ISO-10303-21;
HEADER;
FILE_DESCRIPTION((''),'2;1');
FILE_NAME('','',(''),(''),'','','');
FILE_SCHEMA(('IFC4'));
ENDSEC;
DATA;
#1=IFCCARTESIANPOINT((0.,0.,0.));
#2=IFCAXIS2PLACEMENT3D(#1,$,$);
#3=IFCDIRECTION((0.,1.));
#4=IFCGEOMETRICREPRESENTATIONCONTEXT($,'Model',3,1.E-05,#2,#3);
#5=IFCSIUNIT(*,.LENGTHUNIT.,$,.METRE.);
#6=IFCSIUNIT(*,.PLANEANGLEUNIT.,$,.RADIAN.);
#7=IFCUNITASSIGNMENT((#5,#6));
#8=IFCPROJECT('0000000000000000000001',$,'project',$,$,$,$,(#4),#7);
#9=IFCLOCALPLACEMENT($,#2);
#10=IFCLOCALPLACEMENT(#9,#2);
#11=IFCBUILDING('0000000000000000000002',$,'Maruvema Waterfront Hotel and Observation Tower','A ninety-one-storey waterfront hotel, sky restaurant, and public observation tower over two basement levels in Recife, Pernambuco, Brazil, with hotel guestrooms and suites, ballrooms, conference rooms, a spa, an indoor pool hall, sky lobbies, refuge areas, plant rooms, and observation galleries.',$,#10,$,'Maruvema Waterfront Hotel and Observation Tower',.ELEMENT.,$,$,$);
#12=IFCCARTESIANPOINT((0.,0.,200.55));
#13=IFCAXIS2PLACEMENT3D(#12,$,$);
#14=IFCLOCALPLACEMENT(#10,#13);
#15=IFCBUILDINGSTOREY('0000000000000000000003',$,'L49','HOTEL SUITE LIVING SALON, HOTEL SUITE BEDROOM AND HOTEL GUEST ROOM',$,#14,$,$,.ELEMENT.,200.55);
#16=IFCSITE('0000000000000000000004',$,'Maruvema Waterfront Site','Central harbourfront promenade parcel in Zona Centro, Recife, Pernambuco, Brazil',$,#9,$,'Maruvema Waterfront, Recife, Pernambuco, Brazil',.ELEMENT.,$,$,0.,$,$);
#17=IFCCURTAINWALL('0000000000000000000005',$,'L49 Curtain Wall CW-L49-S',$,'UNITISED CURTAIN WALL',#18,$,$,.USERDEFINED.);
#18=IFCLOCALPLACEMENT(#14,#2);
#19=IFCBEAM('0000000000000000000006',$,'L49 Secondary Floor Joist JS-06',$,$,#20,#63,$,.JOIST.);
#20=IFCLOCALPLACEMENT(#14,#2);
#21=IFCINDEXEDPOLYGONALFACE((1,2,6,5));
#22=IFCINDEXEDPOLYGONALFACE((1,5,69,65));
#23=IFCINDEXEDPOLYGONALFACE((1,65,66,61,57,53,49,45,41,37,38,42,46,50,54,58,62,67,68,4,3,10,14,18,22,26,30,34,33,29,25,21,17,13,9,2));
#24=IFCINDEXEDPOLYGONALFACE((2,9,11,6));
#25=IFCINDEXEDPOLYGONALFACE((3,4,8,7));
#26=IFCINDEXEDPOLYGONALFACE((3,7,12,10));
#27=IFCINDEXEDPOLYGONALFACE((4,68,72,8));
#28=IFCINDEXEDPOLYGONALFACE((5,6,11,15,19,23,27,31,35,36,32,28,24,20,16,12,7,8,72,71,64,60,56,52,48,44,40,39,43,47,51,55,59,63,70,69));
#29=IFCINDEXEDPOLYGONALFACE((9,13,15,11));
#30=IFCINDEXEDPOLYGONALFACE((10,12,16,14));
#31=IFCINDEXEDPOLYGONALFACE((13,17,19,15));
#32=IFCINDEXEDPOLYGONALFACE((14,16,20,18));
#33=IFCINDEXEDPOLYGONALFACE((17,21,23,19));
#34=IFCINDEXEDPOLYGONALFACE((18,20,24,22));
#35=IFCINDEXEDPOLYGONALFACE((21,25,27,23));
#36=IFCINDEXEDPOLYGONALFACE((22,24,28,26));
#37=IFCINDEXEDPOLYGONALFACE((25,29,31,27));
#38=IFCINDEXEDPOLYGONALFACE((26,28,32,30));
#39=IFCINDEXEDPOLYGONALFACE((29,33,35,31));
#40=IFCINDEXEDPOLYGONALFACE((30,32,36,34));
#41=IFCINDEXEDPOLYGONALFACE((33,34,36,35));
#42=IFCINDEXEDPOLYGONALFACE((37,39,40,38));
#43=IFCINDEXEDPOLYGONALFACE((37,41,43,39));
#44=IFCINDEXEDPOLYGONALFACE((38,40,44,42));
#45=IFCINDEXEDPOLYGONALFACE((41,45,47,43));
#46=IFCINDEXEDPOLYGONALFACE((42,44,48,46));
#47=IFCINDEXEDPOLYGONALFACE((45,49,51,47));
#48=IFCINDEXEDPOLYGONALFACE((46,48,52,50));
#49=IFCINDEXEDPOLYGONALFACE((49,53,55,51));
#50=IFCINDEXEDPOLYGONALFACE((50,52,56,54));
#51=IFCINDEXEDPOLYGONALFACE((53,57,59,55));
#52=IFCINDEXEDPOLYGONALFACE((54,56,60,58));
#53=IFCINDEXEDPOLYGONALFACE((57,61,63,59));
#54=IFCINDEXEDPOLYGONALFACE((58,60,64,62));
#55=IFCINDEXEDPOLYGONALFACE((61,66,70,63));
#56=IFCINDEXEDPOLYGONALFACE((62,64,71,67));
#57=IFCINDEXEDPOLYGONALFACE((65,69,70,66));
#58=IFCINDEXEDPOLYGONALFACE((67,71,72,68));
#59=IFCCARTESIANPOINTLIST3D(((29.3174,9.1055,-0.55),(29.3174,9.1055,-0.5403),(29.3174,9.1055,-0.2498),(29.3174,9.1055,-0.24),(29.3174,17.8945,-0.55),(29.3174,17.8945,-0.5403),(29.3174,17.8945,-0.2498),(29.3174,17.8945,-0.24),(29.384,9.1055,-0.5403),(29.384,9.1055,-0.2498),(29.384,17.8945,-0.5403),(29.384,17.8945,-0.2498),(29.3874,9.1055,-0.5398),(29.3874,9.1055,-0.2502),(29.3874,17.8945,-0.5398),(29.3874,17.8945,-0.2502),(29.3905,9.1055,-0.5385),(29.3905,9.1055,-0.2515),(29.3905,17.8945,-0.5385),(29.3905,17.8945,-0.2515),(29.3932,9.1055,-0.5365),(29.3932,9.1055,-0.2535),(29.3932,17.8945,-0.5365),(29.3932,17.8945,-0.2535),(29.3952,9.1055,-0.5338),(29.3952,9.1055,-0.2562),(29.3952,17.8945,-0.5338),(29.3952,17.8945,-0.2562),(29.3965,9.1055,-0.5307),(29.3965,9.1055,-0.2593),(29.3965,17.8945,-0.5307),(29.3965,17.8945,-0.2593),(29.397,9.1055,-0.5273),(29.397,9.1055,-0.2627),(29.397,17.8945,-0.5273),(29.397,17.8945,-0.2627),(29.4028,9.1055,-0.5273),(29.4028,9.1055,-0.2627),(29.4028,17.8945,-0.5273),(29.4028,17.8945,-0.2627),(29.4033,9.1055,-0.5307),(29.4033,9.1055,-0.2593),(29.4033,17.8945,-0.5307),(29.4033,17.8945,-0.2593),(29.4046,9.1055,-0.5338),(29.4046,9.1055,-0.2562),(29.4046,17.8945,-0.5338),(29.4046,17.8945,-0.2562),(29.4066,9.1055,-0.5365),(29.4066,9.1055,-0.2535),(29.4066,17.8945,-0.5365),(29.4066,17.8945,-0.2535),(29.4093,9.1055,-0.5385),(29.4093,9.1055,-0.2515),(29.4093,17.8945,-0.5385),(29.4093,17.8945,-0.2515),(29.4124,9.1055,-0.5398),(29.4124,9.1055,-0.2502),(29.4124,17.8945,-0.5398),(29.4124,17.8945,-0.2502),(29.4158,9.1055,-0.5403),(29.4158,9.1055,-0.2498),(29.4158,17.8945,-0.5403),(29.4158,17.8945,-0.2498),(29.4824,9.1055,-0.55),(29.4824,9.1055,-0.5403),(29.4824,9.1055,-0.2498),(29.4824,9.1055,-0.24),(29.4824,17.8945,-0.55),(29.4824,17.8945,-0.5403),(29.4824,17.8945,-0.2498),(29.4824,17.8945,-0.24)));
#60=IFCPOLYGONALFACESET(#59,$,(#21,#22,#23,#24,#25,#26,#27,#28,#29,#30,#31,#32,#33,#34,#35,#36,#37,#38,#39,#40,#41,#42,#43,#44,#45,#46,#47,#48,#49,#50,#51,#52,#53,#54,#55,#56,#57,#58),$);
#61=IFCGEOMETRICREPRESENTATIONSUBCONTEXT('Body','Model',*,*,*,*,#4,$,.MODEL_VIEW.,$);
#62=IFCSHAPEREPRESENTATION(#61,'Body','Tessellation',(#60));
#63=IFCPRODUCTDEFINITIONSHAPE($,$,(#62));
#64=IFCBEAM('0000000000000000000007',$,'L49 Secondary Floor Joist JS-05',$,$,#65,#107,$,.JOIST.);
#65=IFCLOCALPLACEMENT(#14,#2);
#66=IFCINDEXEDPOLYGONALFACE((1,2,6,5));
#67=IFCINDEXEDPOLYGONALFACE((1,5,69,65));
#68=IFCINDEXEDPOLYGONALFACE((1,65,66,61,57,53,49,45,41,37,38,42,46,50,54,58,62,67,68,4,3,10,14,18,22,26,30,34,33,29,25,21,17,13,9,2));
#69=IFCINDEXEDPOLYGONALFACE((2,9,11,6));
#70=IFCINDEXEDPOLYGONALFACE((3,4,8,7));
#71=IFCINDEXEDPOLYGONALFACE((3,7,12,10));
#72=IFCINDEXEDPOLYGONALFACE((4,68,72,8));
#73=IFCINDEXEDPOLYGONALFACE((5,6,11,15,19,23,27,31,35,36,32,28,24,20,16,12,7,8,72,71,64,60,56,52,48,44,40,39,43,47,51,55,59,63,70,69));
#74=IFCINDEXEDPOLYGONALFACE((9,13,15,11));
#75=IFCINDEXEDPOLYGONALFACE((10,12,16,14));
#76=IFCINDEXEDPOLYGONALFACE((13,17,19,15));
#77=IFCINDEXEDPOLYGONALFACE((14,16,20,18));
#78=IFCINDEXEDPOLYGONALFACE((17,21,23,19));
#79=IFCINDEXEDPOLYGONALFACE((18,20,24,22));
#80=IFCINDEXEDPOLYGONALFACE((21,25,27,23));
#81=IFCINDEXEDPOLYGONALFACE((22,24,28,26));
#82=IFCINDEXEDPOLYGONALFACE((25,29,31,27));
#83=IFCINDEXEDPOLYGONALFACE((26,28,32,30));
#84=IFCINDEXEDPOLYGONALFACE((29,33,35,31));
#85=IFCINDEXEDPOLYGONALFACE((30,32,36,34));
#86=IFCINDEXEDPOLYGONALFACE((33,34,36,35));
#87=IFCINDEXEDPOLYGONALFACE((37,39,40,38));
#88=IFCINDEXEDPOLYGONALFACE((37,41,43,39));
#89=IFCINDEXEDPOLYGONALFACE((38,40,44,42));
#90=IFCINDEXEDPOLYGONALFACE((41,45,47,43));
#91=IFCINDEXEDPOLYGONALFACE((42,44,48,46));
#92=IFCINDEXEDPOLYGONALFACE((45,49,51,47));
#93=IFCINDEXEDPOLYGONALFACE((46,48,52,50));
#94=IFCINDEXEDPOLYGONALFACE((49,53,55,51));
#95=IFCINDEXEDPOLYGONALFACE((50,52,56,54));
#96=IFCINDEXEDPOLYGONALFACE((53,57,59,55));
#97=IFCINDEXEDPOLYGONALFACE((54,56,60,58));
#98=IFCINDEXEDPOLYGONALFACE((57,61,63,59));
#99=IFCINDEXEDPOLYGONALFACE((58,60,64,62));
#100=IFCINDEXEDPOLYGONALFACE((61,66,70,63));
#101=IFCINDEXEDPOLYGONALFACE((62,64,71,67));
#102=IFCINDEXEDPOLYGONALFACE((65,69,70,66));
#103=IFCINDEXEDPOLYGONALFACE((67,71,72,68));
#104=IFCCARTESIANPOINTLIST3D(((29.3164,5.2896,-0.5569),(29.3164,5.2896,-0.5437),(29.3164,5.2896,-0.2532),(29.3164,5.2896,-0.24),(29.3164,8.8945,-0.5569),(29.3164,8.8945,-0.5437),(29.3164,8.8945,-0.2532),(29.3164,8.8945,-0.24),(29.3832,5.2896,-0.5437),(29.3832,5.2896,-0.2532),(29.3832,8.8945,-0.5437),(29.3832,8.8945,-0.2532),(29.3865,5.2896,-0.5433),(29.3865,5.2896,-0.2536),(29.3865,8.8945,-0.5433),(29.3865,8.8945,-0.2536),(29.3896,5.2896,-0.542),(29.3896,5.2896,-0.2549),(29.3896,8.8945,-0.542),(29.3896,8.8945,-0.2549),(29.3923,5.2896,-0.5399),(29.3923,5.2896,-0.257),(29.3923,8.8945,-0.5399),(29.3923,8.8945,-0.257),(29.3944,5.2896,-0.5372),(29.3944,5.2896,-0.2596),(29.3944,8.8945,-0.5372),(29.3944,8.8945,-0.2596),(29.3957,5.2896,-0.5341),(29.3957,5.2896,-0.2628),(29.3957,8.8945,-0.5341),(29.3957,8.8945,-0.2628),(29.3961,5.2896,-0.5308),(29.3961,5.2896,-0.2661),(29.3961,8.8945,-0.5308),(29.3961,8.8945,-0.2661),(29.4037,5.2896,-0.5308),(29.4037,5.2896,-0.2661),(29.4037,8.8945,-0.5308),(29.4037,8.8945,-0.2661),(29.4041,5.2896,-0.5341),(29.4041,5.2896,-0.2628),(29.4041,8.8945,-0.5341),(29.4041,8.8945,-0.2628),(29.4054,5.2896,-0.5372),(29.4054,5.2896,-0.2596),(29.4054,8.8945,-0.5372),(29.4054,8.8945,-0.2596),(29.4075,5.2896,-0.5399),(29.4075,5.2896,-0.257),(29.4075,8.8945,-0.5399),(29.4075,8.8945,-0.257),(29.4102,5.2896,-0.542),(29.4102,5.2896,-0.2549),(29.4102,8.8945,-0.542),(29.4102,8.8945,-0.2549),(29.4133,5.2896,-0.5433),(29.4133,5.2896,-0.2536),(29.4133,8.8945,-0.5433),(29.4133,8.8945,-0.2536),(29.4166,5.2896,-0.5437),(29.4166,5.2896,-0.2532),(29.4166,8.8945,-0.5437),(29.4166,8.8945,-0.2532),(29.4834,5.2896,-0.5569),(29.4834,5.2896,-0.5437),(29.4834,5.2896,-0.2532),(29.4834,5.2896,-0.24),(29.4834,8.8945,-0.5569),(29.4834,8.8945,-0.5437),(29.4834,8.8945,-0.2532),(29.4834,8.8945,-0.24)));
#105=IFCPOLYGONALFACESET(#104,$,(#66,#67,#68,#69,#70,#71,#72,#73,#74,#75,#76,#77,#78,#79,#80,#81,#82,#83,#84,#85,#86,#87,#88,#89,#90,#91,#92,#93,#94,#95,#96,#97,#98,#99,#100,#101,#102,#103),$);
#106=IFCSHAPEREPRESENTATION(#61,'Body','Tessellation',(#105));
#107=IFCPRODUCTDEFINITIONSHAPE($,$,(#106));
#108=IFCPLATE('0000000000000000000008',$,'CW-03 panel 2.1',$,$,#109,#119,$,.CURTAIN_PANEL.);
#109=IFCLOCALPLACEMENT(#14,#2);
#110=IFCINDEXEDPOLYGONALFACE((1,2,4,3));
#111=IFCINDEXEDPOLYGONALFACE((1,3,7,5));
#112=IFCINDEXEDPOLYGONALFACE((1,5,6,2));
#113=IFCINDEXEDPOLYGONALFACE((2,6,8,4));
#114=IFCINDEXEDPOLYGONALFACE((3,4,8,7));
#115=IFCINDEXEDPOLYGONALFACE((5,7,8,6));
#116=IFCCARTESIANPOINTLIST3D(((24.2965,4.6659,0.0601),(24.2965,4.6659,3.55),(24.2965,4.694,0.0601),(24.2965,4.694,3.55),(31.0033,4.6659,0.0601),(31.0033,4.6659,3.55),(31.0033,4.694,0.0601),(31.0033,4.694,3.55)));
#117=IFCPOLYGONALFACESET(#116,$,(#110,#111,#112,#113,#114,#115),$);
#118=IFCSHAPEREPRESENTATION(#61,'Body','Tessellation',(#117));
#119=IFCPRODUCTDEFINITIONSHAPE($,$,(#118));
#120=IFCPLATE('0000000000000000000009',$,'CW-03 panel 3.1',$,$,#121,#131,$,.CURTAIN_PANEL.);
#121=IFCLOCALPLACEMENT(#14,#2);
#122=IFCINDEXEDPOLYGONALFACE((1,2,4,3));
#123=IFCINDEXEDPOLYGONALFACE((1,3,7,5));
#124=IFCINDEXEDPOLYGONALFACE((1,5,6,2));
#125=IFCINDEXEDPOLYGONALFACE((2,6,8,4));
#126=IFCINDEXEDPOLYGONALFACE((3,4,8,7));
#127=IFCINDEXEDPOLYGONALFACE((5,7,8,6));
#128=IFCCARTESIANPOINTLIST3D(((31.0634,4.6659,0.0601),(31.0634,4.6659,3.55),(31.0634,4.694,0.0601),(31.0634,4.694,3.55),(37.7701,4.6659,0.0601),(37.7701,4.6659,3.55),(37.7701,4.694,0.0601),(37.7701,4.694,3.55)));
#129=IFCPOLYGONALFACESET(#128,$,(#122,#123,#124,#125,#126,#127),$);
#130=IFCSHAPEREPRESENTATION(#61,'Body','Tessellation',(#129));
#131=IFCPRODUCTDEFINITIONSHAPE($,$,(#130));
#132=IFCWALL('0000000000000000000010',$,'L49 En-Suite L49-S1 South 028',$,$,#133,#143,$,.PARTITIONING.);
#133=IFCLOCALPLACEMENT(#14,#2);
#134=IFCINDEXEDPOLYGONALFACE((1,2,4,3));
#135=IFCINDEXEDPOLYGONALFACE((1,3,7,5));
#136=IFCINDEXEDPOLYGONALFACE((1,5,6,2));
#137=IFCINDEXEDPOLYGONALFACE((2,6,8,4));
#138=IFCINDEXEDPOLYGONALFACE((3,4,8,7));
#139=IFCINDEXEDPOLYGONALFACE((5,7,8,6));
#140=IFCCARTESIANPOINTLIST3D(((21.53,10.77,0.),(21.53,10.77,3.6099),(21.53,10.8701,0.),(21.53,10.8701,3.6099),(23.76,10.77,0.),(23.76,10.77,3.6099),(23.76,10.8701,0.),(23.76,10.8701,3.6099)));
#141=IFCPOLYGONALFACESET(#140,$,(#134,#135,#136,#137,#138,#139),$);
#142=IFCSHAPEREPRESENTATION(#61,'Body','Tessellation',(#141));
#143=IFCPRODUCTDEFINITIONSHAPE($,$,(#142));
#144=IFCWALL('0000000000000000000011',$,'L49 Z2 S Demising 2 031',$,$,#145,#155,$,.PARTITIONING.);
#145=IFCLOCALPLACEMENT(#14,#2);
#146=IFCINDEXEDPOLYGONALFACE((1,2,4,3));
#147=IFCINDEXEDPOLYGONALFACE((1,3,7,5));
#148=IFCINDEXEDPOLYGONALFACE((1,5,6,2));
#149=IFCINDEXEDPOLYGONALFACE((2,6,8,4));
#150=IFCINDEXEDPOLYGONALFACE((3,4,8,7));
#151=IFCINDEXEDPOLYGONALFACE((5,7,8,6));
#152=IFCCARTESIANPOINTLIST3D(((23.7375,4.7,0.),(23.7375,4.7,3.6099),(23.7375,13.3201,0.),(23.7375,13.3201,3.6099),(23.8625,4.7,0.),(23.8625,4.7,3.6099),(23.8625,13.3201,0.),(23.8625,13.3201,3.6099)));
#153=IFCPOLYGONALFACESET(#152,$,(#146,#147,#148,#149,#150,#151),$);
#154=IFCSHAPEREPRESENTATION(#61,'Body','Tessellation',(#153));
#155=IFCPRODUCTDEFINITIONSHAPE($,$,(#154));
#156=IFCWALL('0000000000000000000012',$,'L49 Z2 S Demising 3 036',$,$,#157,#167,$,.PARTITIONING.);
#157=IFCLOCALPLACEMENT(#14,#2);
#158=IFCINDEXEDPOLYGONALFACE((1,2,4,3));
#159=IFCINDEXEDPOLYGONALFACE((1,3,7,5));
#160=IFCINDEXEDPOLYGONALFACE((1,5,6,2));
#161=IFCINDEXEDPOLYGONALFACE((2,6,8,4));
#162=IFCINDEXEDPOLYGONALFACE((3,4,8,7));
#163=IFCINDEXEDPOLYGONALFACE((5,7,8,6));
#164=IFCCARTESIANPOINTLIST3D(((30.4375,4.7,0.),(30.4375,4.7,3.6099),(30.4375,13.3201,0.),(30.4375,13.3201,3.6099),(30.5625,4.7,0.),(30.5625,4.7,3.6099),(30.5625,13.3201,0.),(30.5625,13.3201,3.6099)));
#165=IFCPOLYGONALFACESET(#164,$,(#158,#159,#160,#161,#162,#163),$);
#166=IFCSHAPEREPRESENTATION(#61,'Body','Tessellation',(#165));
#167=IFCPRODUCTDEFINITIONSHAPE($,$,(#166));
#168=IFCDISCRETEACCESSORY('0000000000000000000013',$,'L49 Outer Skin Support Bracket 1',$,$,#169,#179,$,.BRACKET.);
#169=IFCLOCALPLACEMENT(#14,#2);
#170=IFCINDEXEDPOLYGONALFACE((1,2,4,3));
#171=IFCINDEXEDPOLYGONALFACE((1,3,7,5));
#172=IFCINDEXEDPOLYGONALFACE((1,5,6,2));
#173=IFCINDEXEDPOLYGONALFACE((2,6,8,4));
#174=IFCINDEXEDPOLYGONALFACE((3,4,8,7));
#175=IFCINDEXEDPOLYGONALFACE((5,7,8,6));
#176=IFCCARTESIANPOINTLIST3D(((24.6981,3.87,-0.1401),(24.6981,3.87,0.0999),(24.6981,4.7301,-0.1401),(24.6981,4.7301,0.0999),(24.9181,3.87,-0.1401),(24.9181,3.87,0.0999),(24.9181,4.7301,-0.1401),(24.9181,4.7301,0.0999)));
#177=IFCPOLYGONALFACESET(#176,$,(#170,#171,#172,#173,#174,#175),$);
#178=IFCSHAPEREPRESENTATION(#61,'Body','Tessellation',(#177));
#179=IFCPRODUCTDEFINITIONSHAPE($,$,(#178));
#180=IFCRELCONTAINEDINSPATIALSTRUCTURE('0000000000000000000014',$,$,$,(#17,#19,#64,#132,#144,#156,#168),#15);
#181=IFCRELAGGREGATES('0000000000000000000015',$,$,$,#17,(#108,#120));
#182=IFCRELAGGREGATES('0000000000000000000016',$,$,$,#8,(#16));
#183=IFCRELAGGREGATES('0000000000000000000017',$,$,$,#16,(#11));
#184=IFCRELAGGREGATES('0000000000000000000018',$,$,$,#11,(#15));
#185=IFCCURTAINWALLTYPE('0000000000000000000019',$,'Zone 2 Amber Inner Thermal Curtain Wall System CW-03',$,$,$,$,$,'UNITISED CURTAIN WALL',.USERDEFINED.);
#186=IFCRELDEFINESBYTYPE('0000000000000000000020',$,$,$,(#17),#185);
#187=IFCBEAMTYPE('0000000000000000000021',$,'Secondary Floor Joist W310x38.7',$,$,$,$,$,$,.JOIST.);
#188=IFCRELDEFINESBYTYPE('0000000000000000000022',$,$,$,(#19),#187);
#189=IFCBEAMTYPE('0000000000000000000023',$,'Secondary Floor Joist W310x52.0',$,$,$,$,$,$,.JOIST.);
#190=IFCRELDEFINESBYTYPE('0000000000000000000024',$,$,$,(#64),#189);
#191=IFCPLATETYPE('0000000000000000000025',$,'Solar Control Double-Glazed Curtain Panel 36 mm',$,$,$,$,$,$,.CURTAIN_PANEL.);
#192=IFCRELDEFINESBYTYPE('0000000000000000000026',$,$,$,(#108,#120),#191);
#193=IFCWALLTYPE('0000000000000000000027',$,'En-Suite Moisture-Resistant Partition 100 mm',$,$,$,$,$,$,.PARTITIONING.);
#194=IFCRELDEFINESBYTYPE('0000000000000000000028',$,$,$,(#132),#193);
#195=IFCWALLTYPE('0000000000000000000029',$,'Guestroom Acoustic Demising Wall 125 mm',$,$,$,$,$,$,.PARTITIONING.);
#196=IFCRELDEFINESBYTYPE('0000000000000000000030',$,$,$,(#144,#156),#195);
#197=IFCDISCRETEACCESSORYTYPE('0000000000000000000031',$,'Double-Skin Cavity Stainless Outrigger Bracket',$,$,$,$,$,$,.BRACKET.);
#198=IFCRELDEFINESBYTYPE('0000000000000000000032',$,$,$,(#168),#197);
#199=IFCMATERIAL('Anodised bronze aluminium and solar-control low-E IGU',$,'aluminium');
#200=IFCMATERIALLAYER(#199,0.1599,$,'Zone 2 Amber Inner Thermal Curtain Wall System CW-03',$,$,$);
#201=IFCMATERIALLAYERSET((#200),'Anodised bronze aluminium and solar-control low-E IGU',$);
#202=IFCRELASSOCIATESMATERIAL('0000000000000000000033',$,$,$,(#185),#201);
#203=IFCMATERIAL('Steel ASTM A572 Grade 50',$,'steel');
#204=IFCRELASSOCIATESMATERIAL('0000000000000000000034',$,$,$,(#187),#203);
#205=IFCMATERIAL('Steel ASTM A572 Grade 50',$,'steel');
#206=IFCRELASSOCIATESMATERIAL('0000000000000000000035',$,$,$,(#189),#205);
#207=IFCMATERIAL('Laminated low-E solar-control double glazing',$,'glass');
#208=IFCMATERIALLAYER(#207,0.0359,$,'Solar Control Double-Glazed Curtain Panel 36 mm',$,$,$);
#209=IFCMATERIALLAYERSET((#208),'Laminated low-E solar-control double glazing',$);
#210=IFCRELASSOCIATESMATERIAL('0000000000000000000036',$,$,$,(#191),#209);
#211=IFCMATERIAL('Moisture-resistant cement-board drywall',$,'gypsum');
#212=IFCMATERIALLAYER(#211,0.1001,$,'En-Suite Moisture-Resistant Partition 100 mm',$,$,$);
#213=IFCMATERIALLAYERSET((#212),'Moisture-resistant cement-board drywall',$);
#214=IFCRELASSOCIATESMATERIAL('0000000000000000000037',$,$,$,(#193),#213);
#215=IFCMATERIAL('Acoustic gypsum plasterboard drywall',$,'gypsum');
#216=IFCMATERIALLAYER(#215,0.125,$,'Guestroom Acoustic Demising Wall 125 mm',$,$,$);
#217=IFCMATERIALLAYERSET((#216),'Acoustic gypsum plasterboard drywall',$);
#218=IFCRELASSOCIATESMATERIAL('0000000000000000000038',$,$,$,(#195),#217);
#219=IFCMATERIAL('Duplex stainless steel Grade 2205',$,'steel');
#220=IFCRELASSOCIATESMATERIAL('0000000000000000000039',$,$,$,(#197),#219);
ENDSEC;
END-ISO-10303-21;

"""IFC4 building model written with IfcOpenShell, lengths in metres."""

from ifc_helpers import new_model, si_unit, direction, frame, frame_2d, origin, origin_2d, place, context, subcontext, project, spatial, rectangle, i_section, extrude, material, layer, layer_set, material_profile, profile_set, type_object, element, aggregate, save


model = new_model("IFC4")

# Units and contexts
model_context = context("Model", 3, precision=1e-05, world=origin(), true_north=direction((0.0, 1.0)))
body_context = subcontext(model_context, "Body", "Model", "MODEL_VIEW")
ifc_project = project(units=[si_unit("LENGTHUNIT", "METRE"), si_unit("PLANEANGLEUNIT", "RADIAN")], contexts=[model_context])

# Site, building, storey
site_placement = place(None, origin())
site = spatial("IfcSite", under=ifc_project, at=site_placement, Name="Maruvema Waterfront Site", Description="Central harbourfront promenade parcel in Zona Centro, Recife, Pernambuco, Brazil", LongName="Maruvema Waterfront, Recife, Pernambuco, Brazil", CompositionType="ELEMENT", RefElevation=0.0)
building_placement = place(site_placement, origin())
building = spatial("IfcBuilding", under=site, at=building_placement, Name="Maruvema Waterfront Hotel and Observation Tower", Description="A ninety-one-storey waterfront hotel, sky restaurant, and public observation tower over two basement levels in Recife, Pernambuco, Brazil, with hotel guestrooms and suites, ballrooms, conference rooms, a spa, an indoor pool hall, sky lobbies, refuge areas, plant rooms, and observation galleries.", LongName="Maruvema Waterfront Hotel and Observation Tower", CompositionType="ELEMENT")
storey_placement = place(building_placement, frame((0.0, 0.0, 200.55)))
storey = spatial("IfcBuildingStorey", under=building, at=storey_placement, Name="L49", Description="HOTEL SUITE LIVING SALON, HOTEL SUITE BEDROOM AND HOTEL GUEST ROOM", CompositionType="ELEMENT", Elevation=200.55)

# Curtain wall
ifc_material_1 = material(Name="Anodised bronze aluminium and solar-control low-E IGU", Category="aluminium")
ifc_layer_1 = layer(ifc_material_1, 0.1599, Name="Zone 2 Amber Inner Thermal Curtain Wall System CW-03")
ifc_layer_set_1 = layer_set([ifc_layer_1], Name="Anodised bronze aluminium and solar-control low-E IGU")
curtain_wall_type = type_object("IfcCurtainWallType", Name="Zone 2 Amber Inner Thermal Curtain Wall System CW-03", ElementType="UNITISED CURTAIN WALL", PredefinedType="USERDEFINED", material=ifc_layer_set_1)
curtain_wall_placement = place(storey_placement, origin())
curtain_wall = element("IfcCurtainWall", 1, at=curtain_wall_placement, inside=storey, type_object=curtain_wall_type, Name="L49 Curtain Wall CW-L49-S", ObjectType="UNITISED CURTAIN WALL", PredefinedType="USERDEFINED")

# Beams
ifc_material_2 = material(Name="Steel ASTM A572 Grade 50", Category="steel")
ifc_material_profile_1 = material_profile(ifc_material_2, i_section(OverallWidth=0.165, OverallDepth=0.3101, WebThickness=0.0059, FlangeThickness=0.0098, FilletRadius=0.0129, at=origin_2d()), Name="W310x38.7")
ifc_profile_set_1 = profile_set([ifc_material_profile_1], Name="Steel ASTM A572 Grade 50")
beam_type_1 = type_object("IfcBeamType", Name="Secondary Floor Joist W310x38.7", PredefinedType="JOIST", material=ifc_profile_set_1)
beam_1_placement = place(storey_placement, frame((29.3999, 9.1055, -0.395), z_axis=(0.0, 1.0, 0.0), x_axis=(-1.0, 0.0, 0.0)))
element("IfcBeam", 2, at=beam_1_placement, inside=storey, type_object=beam_type_1, Name="L49 Secondary Floor Joist JS-06", PredefinedType="JOIST", context=body_context, shape_type="SweptSolid", body=[
    extrude(i_section(OverallWidth=0.165, OverallDepth=0.3101, WebThickness=0.0059, FlangeThickness=0.0098, FilletRadius=0.0129, at=origin_2d()), origin(), (0.0, 0.0, 1.0), 8.7891),
])
ifc_material_3 = material(Name="Steel ASTM A572 Grade 50", Category="steel")
ifc_material_profile_2 = material_profile(ifc_material_3, i_section(OverallWidth=0.167, OverallDepth=0.3169, WebThickness=0.0076, FlangeThickness=0.0132, FilletRadius=0.0129, at=origin_2d()), Name="W310x52.0")
ifc_profile_set_2 = profile_set([ifc_material_profile_2], Name="Steel ASTM A572 Grade 50")
beam_type_2 = type_object("IfcBeamType", Name="Secondary Floor Joist W310x52.0", PredefinedType="JOIST", material=ifc_profile_set_2)
beam_2_placement = place(storey_placement, frame((29.3999, 5.2896, -0.3984), z_axis=(0.0, 1.0, 0.0), x_axis=(-1.0, 0.0, 0.0)))
element("IfcBeam", 3, at=beam_2_placement, inside=storey, type_object=beam_type_2, Name="L49 Secondary Floor Joist JS-05", PredefinedType="JOIST", context=body_context, shape_type="SweptSolid", body=[
    extrude(i_section(OverallWidth=0.167, OverallDepth=0.3169, WebThickness=0.0076, FlangeThickness=0.0132, FilletRadius=0.0129, at=origin_2d()), origin(), (0.0, 0.0, 1.0), 3.605),
])

# Plates
ifc_material_4 = material(Name="Laminated low-E solar-control double glazing", Category="glass")
ifc_layer_2 = layer(ifc_material_4, 0.0359, Name="Solar Control Double-Glazed Curtain Panel 36 mm")
ifc_layer_set_2 = layer_set([ifc_layer_2], Name="Laminated low-E solar-control double glazing")
plate_type = type_object("IfcPlateType", Name="Solar Control Double-Glazed Curtain Panel 36 mm", PredefinedType="CURTAIN_PANEL", material=ifc_layer_set_2)
plate_1_placement = place(storey_placement, frame((27.6499, 4.6799, 0.0601), z_axis=(0.0, 0.0, 1.0), x_axis=(1.0, 0.0, 0.0)))
plate_1 = element("IfcPlate", 4, at=plate_1_placement, type_object=plate_type, Name="CW-03 panel 2.1", PredefinedType="CURTAIN_PANEL", context=body_context, shape_type="SweptSolid", body=[
    extrude(rectangle(XDim=6.7068, YDim=0.0281, at=origin_2d()), origin(), (0.0, 0.0, 1.0), 3.49),
])
plate_2_placement = place(storey_placement, frame((34.4167, 4.6799, 0.0601), z_axis=(0.0, 0.0, 1.0), x_axis=(1.0, 0.0, 0.0)))
plate_2 = element("IfcPlate", 5, at=plate_2_placement, type_object=plate_type, Name="CW-03 panel 3.1", PredefinedType="CURTAIN_PANEL", context=body_context, shape_type="SweptSolid", body=[
    extrude(rectangle(XDim=6.7068, YDim=0.0281, at=origin_2d()), origin(), (0.0, 0.0, 1.0), 3.49),
])
aggregate(curtain_wall, [plate_1, plate_2])

# Walls
ifc_material_5 = material(Name="Moisture-resistant cement-board drywall", Category="gypsum")
ifc_layer_3 = layer(ifc_material_5, 0.1001, Name="En-Suite Moisture-Resistant Partition 100 mm")
ifc_layer_set_3 = layer_set([ifc_layer_3], Name="Moisture-resistant cement-board drywall")
wall_type_1 = type_object("IfcWallType", Name="En-Suite Moisture-Resistant Partition 100 mm", PredefinedType="PARTITIONING", material=ifc_layer_set_3)
wall_placement = place(storey_placement, frame((21.53, 10.8201, 0.0), z_axis=(0.0, 0.0, 1.0), x_axis=(1.0, 0.0, 0.0)))
element("IfcWall", 6, at=wall_placement, inside=storey, type_object=wall_type_1, Name="L49 En-Suite L49-S1 South 028", PredefinedType="PARTITIONING", context=body_context, shape_type="SweptSolid", body=[
    extrude(rectangle(XDim=2.23, YDim=0.1001, at=frame_2d((1.115, 0.0))), origin(), (0.0, 0.0, 1.0), 3.6099),
])
ifc_material_6 = material(Name="Acoustic gypsum plasterboard drywall", Category="gypsum")
ifc_layer_4 = layer(ifc_material_6, 0.125, Name="Guestroom Acoustic Demising Wall 125 mm")
ifc_layer_set_4 = layer_set([ifc_layer_4], Name="Acoustic gypsum plasterboard drywall")
wall_type_2 = type_object("IfcWallType", Name="Guestroom Acoustic Demising Wall 125 mm", PredefinedType="PARTITIONING", material=ifc_layer_set_4)
for number, where, z_axis, x_axis, name in (
    (7, (23.8, 4.7, 0.0), (0.0, 0.0, 1.0), (0.0, 1.0, 0.0), "L49 Z2 S Demising 2 031"),
    (8, (30.5, 4.7, 0.0), (0.0, 0.0, 1.0), (0.0, 1.0, 0.0), "L49 Z2 S Demising 3 036"),
):
    element("IfcWall", number, at=place(storey_placement, frame(where, z_axis=z_axis, x_axis=x_axis)), inside=storey, type_object=wall_type_2, Name=name, PredefinedType="PARTITIONING", context=body_context, shape_type="SweptSolid", body=[
        extrude(rectangle(XDim=8.6201, YDim=0.125, at=frame_2d((4.3101, 0.0))), origin(), (0.0, 0.0, 1.0), 3.6099),
    ])

# Discrete accessory
ifc_material_7 = material(Name="Duplex stainless steel Grade 2205", Category="steel")
discrete_accessory_type = type_object("IfcDiscreteAccessoryType", Name="Double-Skin Cavity Stainless Outrigger Bracket", PredefinedType="BRACKET", material=ifc_material_7)
discrete_accessory_placement = place(storey_placement, frame((24.8081, 4.3, -0.1401), z_axis=(0.0, 0.0, 1.0), x_axis=(1.0, 0.0, 0.0)))
element("IfcDiscreteAccessory", 9, at=discrete_accessory_placement, inside=storey, type_object=discrete_accessory_type, Name="L49 Outer Skin Support Bracket 1", PredefinedType="BRACKET", context=body_context, shape_type="SweptSolid", body=[
    extrude(rectangle(XDim=0.22, YDim=0.8601, at=origin_2d()), origin(), (0.0, 0.0, 1.0), 0.24),
])

save(model, "model.ifc")
